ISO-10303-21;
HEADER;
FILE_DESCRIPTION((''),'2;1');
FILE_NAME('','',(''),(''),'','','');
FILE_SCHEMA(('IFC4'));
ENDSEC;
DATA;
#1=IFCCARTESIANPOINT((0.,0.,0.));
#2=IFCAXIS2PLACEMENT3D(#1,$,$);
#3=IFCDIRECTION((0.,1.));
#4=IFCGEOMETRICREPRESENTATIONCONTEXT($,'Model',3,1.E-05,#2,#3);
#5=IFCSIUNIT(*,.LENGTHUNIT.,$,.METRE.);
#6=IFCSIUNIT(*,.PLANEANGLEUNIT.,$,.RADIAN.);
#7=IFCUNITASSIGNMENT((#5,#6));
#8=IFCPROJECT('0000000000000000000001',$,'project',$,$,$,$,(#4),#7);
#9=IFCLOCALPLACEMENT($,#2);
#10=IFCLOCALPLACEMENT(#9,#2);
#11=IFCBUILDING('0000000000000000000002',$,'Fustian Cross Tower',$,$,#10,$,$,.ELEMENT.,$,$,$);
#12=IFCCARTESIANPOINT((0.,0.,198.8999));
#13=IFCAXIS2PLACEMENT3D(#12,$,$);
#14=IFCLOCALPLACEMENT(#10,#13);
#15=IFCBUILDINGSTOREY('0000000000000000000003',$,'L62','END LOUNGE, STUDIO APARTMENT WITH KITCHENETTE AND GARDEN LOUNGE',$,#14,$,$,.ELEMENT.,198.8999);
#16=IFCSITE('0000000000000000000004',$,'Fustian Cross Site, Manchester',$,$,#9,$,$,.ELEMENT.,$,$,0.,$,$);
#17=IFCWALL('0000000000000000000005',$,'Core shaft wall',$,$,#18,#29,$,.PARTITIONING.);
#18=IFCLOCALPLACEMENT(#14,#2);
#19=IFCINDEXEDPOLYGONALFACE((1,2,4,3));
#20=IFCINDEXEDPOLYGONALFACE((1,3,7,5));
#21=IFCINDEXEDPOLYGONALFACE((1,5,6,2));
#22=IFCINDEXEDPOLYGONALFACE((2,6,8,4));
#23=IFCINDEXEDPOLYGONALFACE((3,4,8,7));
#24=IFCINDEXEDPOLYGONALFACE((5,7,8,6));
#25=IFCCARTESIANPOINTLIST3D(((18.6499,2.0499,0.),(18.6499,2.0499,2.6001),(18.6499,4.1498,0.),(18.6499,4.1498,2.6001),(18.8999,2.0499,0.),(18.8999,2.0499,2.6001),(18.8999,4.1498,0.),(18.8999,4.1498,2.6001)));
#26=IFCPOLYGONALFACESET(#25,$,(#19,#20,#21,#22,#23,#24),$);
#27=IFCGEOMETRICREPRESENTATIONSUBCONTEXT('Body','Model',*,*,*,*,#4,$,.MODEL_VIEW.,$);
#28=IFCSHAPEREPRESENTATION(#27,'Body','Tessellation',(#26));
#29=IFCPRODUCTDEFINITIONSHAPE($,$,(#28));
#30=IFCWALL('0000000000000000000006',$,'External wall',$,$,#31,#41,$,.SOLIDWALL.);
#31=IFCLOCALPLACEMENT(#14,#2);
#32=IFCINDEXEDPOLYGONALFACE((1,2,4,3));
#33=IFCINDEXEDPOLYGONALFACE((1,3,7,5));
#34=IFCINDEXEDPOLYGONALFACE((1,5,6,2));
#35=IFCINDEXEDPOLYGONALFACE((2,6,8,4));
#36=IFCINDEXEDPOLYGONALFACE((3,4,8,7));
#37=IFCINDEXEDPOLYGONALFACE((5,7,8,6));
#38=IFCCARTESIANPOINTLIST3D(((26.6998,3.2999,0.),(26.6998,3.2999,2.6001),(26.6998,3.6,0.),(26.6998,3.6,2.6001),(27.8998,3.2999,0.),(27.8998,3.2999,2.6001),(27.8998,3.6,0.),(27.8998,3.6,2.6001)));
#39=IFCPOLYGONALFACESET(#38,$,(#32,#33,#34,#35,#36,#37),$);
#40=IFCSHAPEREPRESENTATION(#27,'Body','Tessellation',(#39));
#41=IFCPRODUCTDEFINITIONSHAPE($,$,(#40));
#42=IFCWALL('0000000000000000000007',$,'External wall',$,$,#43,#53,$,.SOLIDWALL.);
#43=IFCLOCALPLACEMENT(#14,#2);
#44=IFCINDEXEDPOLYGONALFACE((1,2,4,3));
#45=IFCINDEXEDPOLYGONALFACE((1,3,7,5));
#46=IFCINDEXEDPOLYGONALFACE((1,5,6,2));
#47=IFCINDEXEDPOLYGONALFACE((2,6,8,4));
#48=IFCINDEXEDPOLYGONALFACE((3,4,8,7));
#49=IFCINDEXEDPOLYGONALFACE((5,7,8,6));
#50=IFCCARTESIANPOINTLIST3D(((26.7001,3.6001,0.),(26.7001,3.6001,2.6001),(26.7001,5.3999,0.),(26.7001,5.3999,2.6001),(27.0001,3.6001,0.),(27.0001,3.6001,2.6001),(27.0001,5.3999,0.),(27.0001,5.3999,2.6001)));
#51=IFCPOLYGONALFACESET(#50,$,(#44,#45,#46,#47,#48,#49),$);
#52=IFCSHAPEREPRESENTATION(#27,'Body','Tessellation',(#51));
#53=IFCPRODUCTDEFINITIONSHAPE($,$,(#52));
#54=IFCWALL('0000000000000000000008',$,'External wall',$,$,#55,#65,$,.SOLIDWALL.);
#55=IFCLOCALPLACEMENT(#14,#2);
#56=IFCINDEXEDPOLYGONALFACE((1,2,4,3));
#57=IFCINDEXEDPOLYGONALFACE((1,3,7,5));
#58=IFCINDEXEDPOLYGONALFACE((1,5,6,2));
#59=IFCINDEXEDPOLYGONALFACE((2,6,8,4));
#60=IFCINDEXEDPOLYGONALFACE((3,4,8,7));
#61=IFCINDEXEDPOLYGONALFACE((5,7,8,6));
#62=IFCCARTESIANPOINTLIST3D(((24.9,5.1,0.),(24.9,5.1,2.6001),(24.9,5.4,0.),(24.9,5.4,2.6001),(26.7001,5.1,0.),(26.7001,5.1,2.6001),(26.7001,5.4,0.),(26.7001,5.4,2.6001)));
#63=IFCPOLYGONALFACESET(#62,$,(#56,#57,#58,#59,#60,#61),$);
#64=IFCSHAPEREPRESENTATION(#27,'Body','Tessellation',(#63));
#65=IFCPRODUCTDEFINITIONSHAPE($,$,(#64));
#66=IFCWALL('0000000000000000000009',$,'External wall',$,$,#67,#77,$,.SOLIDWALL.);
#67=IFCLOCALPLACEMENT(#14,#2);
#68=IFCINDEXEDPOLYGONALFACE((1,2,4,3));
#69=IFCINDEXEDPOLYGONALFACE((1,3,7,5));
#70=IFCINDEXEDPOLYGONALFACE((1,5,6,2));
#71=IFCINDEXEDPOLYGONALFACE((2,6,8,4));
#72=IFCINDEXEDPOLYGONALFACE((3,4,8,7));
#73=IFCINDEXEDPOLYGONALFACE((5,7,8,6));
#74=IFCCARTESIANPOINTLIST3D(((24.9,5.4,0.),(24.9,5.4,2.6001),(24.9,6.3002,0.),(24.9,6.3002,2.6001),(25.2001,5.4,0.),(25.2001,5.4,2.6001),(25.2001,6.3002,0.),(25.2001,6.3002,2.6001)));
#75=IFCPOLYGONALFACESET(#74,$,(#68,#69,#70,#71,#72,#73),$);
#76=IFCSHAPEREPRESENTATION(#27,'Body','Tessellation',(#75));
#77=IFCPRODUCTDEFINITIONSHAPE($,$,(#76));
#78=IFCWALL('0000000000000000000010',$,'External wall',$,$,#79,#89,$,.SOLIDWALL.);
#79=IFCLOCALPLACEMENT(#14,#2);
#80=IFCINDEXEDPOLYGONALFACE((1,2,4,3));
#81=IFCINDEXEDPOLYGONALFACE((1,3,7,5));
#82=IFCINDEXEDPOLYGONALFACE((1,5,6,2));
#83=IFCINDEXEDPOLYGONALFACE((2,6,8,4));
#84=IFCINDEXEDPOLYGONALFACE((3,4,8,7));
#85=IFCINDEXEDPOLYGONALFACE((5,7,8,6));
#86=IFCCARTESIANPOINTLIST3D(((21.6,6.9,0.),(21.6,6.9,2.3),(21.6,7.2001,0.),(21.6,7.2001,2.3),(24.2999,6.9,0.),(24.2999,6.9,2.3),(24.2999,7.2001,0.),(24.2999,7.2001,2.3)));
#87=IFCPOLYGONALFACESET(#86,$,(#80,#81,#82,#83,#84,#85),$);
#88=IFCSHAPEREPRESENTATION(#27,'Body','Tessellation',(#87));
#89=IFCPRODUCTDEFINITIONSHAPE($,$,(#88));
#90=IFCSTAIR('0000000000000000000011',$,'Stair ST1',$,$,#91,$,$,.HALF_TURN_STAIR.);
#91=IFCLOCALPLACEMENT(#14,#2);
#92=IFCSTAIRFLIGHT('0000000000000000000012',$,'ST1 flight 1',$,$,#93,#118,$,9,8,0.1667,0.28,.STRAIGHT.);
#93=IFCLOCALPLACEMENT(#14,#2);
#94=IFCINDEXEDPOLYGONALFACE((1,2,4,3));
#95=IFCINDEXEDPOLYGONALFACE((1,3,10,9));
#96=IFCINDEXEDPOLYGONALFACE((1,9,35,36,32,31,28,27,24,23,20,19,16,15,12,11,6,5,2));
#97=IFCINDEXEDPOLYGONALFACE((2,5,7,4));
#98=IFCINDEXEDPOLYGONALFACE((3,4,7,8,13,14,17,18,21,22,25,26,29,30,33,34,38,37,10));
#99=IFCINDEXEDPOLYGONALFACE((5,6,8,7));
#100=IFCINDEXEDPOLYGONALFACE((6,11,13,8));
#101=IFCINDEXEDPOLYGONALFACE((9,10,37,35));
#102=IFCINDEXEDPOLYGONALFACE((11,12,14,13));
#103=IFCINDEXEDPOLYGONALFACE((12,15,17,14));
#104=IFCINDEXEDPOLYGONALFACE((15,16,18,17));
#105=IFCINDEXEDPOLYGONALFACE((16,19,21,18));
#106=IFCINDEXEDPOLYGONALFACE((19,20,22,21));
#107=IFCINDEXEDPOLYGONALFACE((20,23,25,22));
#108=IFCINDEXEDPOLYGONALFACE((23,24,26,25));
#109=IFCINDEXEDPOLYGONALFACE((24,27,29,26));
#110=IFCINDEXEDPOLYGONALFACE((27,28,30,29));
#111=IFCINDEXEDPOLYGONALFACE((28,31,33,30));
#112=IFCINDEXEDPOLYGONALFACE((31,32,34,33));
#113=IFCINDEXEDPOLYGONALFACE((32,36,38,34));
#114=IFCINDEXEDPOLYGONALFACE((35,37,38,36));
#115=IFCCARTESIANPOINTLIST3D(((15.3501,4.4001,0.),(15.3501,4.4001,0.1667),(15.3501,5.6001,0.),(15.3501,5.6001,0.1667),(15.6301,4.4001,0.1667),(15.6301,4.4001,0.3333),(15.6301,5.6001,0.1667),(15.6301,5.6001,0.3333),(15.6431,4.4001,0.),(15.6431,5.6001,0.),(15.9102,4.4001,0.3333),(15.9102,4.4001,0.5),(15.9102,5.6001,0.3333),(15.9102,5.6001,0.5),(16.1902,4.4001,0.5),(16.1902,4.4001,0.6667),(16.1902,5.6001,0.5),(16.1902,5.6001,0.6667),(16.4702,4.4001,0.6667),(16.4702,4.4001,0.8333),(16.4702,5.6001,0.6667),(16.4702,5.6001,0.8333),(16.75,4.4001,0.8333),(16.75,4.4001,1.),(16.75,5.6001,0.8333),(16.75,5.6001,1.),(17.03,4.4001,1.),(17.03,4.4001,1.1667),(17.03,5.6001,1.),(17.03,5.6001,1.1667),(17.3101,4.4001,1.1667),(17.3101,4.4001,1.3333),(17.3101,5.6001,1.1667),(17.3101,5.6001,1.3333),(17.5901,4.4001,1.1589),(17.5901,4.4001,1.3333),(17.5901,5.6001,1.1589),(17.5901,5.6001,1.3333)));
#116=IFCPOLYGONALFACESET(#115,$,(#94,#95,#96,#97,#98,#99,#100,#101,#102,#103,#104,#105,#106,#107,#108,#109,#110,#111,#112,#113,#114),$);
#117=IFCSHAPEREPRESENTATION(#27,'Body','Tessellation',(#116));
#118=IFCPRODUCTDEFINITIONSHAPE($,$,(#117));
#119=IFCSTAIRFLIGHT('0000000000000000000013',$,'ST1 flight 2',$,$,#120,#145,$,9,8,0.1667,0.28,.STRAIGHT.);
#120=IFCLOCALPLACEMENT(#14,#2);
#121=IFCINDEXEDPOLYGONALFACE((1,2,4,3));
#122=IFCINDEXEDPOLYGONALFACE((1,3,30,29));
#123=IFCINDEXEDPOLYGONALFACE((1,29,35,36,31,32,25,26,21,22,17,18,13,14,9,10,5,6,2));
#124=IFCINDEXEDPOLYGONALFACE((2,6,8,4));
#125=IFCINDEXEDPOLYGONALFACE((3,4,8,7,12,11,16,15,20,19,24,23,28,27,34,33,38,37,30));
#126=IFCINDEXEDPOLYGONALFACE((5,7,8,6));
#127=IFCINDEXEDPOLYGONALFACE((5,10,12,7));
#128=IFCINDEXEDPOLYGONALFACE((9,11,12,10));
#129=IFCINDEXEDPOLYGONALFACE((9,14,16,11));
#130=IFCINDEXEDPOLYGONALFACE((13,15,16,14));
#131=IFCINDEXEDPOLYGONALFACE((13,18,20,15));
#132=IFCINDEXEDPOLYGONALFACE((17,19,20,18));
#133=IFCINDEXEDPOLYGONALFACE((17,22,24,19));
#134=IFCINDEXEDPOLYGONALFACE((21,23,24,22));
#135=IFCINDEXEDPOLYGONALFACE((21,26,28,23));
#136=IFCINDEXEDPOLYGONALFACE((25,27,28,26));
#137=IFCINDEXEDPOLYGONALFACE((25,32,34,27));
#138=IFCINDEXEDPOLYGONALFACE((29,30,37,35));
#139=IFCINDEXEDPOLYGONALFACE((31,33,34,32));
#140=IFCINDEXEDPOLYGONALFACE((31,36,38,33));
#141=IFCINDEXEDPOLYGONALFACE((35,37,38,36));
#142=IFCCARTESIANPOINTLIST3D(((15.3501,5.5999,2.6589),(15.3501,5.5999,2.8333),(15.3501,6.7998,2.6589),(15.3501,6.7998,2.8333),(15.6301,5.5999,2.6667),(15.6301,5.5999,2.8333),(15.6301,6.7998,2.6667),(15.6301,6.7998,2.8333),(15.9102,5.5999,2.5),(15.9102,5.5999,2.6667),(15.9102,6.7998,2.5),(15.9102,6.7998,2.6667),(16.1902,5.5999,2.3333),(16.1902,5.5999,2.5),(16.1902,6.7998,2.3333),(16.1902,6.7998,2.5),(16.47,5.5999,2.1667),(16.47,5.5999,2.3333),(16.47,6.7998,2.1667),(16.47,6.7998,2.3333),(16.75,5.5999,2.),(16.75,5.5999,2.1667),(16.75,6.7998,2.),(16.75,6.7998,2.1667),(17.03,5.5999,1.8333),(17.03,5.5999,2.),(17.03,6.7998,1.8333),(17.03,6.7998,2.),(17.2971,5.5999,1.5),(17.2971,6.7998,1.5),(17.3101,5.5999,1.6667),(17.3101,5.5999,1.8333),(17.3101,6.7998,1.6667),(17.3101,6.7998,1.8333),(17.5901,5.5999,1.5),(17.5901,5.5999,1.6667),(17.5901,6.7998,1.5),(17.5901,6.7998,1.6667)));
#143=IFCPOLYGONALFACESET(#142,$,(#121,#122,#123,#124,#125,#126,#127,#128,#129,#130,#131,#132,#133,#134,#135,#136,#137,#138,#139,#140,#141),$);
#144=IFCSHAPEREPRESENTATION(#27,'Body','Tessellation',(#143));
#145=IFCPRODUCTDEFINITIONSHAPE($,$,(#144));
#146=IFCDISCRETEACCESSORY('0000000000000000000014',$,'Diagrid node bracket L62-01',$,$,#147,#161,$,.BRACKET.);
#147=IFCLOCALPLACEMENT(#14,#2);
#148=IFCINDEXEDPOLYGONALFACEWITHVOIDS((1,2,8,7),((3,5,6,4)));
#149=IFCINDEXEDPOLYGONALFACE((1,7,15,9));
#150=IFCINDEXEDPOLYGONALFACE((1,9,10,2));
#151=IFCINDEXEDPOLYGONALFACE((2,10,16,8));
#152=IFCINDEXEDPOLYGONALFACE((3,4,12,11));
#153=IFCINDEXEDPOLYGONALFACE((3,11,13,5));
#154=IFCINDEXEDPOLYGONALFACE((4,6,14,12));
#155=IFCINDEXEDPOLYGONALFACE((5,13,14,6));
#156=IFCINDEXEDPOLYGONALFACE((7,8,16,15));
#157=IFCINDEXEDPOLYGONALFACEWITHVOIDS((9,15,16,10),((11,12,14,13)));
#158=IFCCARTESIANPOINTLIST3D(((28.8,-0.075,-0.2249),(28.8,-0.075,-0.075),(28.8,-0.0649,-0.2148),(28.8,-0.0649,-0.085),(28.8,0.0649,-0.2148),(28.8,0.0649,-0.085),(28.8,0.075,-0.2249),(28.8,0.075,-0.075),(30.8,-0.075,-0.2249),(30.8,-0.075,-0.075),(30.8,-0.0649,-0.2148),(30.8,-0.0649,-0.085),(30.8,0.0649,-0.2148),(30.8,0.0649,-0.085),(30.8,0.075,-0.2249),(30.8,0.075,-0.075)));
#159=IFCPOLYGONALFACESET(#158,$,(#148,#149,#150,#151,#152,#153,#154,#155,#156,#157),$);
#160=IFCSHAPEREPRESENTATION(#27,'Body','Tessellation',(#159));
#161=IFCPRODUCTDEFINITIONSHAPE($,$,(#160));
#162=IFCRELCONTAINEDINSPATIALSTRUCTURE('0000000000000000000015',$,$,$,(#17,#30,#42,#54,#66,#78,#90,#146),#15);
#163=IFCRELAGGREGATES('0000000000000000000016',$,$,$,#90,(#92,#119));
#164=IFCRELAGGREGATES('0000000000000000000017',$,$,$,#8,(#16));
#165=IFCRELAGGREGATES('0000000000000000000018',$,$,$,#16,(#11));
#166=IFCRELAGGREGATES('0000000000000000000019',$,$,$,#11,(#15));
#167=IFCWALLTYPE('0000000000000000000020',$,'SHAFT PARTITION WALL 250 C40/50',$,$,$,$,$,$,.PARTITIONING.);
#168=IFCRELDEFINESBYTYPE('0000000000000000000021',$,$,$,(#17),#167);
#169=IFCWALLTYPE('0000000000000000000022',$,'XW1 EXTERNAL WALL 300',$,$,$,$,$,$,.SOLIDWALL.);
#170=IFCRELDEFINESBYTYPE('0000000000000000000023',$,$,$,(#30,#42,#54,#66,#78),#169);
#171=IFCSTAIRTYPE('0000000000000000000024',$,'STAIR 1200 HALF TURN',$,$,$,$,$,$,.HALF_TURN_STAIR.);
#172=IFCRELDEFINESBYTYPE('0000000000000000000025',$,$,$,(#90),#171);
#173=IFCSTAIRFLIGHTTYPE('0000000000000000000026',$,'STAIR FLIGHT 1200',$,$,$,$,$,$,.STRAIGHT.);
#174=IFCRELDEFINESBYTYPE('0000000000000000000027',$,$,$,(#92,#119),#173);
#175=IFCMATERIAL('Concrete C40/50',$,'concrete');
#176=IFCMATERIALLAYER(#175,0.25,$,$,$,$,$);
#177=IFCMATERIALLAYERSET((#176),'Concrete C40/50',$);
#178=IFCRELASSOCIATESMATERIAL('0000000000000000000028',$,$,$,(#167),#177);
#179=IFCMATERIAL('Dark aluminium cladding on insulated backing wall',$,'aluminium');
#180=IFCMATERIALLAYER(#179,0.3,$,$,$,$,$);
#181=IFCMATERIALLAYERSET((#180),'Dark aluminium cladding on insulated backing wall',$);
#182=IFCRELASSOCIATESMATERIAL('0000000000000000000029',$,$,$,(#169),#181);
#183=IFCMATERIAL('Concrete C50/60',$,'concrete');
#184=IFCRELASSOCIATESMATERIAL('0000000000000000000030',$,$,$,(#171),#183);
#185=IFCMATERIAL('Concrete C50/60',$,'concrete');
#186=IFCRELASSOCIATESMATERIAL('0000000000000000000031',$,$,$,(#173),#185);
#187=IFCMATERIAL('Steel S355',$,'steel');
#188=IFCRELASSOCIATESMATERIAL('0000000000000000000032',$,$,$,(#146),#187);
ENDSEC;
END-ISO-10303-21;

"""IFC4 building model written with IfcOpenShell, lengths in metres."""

from ifc_helpers import new_model, si_unit, direction, frame, frame_2d, origin, origin_2d, place, context, subcontext, project, spatial, polyline, rectangle, hollow_rectangle, outline, extrude, material, layer, layer_set, type_object, element, aggregate, save


model = new_model("IFC4")

# Units and contexts
model_context = context("Model", 3, precision=1e-05, world=origin(), true_north=direction((0.0, 1.0)))
body_context = subcontext(model_context, "Body", "Model", "MODEL_VIEW")
ifc_project = project(units=[si_unit("LENGTHUNIT", "METRE"), si_unit("PLANEANGLEUNIT", "RADIAN")], contexts=[model_context])

# Site, building, storey
site_placement = place(None, origin())
site = spatial("IfcSite", under=ifc_project, at=site_placement, Name="Fustian Cross Site, Manchester", CompositionType="ELEMENT", RefElevation=0.0)
building_placement = place(site_placement, origin())
building = spatial("IfcBuilding", under=site, at=building_placement, Name="Fustian Cross Tower", CompositionType="ELEMENT")
storey_placement = place(building_placement, frame((0.0, 0.0, 198.8999)))
storey = spatial("IfcBuildingStorey", under=building, at=storey_placement, Name="L62", Description="END LOUNGE, STUDIO APARTMENT WITH KITCHENETTE AND GARDEN LOUNGE", CompositionType="ELEMENT", Elevation=198.8999)

# Walls
ifc_material_1 = material(Name="Concrete C40/50", Category="concrete")
ifc_layer_1 = layer(ifc_material_1, 0.25)
ifc_layer_set_1 = layer_set([ifc_layer_1], Name="Concrete C40/50")
wall_type_1 = type_object("IfcWallType", Name="SHAFT PARTITION WALL 250 C40/50", PredefinedType="PARTITIONING", material=ifc_layer_set_1)
wall_1_placement = place(storey_placement, frame((18.7749, 2.05, 0.0), z_axis=(0.0, 0.0, 1.0), x_axis=(0.0, 1.0, 0.0)))
element("IfcWall", 1, at=wall_1_placement, inside=storey, type_object=wall_type_1, Name="Core shaft wall", PredefinedType="PARTITIONING", context=body_context, shape_type="SweptSolid", body=[
    extrude(rectangle(XDim=2.0999, YDim=0.25, at=frame_2d((1.0498, 0.0))), origin(), (0.0, 0.0, 1.0), 2.6001),
])
ifc_material_2 = material(Name="Dark aluminium cladding on insulated backing wall", Category="aluminium")
ifc_layer_2 = layer(ifc_material_2, 0.3)
ifc_layer_set_2 = layer_set([ifc_layer_2], Name="Dark aluminium cladding on insulated backing wall")
wall_type_2 = type_object("IfcWallType", Name="XW1 EXTERNAL WALL 300", PredefinedType="SOLIDWALL", material=ifc_layer_set_2)
wall_2_placement = place(storey_placement, frame((27.8999, 3.45, 0.0), z_axis=(0.0, 0.0, 1.0), x_axis=(-1.0, 0.0, 0.0)))
element("IfcWall", 2, at=wall_2_placement, inside=storey, type_object=wall_type_2, Name="External wall", PredefinedType="SOLIDWALL", context=body_context, shape_type="SweptSolid", body=[
    extrude(rectangle(XDim=1.2, YDim=0.3, at=frame_2d((0.6001, 0.0))), origin(), (0.0, 0.0, 1.0), 2.6001),
])
wall_3_placement = place(storey_placement, frame((26.8501, 3.6001, 0.0), z_axis=(0.0, 0.0, 1.0), x_axis=(0.0, 1.0, 0.0)))
element("IfcWall", 3, at=wall_3_placement, inside=storey, type_object=wall_type_2, Name="External wall", PredefinedType="SOLIDWALL", context=body_context, shape_type="SweptSolid", body=[
    extrude(rectangle(XDim=1.7998, YDim=0.3, at=frame_2d((0.8999, 0.0))), origin(), (0.0, 0.0, 1.0), 2.6001),
])
wall_4_placement = place(storey_placement, frame((26.7, 5.25, 0.0), z_axis=(0.0, 0.0, 1.0), x_axis=(-1.0, 0.0, 0.0)))
element("IfcWall", 4, at=wall_4_placement, inside=storey, type_object=wall_type_2, Name="External wall", PredefinedType="SOLIDWALL", context=body_context, shape_type="SweptSolid", body=[
    extrude(rectangle(XDim=1.8, YDim=0.3, at=frame_2d((0.8999, 0.0))), origin(), (0.0, 0.0, 1.0), 2.6001),
])
wall_5_placement = place(storey_placement, frame((25.05, 5.3999, 0.0), z_axis=(0.0, 0.0, 1.0), x_axis=(0.0, 1.0, 0.0)))
element("IfcWall", 5, at=wall_5_placement, inside=storey, type_object=wall_type_2, Name="External wall", PredefinedType="SOLIDWALL", context=body_context, shape_type="SweptSolid", body=[
    extrude(rectangle(XDim=0.9001, YDim=0.3, at=frame_2d((0.4502, 0.0))), origin(), (0.0, 0.0, 1.0), 2.6001),
])
wall_6_placement = place(storey_placement, frame((24.3, 7.05, 0.0), z_axis=(0.0, 0.0, 1.0), x_axis=(-1.0, 0.0, 0.0)))
element("IfcWall", 6, at=wall_6_placement, inside=storey, type_object=wall_type_2, Name="External wall", PredefinedType="SOLIDWALL", context=body_context, shape_type="SweptSolid", body=[
    extrude(rectangle(XDim=2.7, YDim=0.3, at=frame_2d((1.3501, 0.0))), origin(), (0.0, 0.0, 1.0), 2.3),
])

# Stair, stair flights
ifc_material_3 = material(Name="Concrete C50/60", Category="concrete")
stair_type = type_object("IfcStairType", Name="STAIR 1200 HALF TURN", PredefinedType="HALF_TURN_STAIR", material=ifc_material_3)
stair_placement = place(storey_placement, origin())
stair = element("IfcStair", 7, at=stair_placement, inside=storey, type_object=stair_type, Name="Stair ST1", PredefinedType="HALF_TURN_STAIR")
ifc_material_4 = material(Name="Concrete C50/60", Category="concrete")
stair_flight_type = type_object("IfcStairFlightType", Name="STAIR FLIGHT 1200", PredefinedType="STRAIGHT", material=ifc_material_4)
stair_flight_1_placement = place(storey_placement, frame((15.3501, 5.0, 0.0), z_axis=(0.0, 0.0, 1.0), x_axis=(1.0, 0.0, 0.0)))
stair_flight_1 = element("IfcStairFlight", 8, at=stair_flight_1_placement, type_object=stair_flight_type, Name="ST1 flight 1", NumberOfRisers=9, NumberOfTreads=8, PredefinedType="STRAIGHT", RiserHeight=0.1667, TreadLength=0.28, context=body_context, shape_type="SweptSolid", body=[
    extrude(outline(polyline([(0.0, 0.0), (0.0, 0.1667), (0.28, 0.1667), (0.28, 0.3333), (0.5601, 0.3333), (0.5601, 0.5), (0.8401, 0.5), (0.8401, 0.6667), (1.1201, 0.6667), (1.1201, 0.8333), (1.3999, 0.8333), (1.3999, 1.0), (1.6799, 1.0), (1.6799, 1.1667), (1.96, 1.1667), (1.96, 1.3333), (2.24, 1.3333), (2.24, 1.5), (2.24, 1.1589), (0.293, 0.0), (0.0, 0.0)])), frame((0.0, 0.6001, 0.0), z_axis=(0.0, -1.0, 0.0), x_axis=(1.0, 0.0, 0.0)), (0.0, 0.0, 1.0), 1.2),
])
stair_flight_2_placement = place(storey_placement, frame((17.5901, 6.2, 1.5), z_axis=(0.0, 0.0, 1.0), x_axis=(-1.0, 0.0, 0.0)))
stair_flight_2 = element("IfcStairFlight", 9, at=stair_flight_2_placement, type_object=stair_flight_type, Name="ST1 flight 2", NumberOfRisers=9, NumberOfTreads=8, PredefinedType="STRAIGHT", RiserHeight=0.1667, TreadLength=0.28, context=body_context, shape_type="SweptSolid", body=[
    extrude(outline(polyline([(0.0, 0.0), (0.0, 0.1667), (0.28, 0.1667), (0.28, 0.3333), (0.5601, 0.3333), (0.5601, 0.5), (0.8401, 0.5), (0.8401, 0.6667), (1.1201, 0.6667), (1.1201, 0.8333), (1.3999, 0.8333), (1.3999, 1.0), (1.6799, 1.0), (1.6799, 1.1667), (1.96, 1.1667), (1.96, 1.3333), (2.24, 1.3333), (2.24, 1.5), (2.24, 1.1589), (0.293, 0.0), (0.0, 0.0)])), frame((0.0, 0.6001, 0.0), z_axis=(0.0, -1.0, 0.0), x_axis=(1.0, 0.0, 0.0)), (0.0, 0.0, 1.0), 1.2),
])
aggregate(stair, [stair_flight_1, stair_flight_2])

# Discrete accessory
ifc_material_5 = material(Name="Steel S355", Category="steel")
discrete_accessory_placement = place(storey_placement, frame((30.8, 0.0, -0.1499), z_axis=(-1.0, 0.0, 0.0), x_axis=(0.0, -1.0, 0.0)))
element("IfcDiscreteAccessory", 10, at=discrete_accessory_placement, inside=storey, material=ifc_material_5, Name="Diagrid node bracket L62-01", PredefinedType="BRACKET", context=body_context, shape_type="SweptSolid", body=[
    extrude(hollow_rectangle(XDim=0.1499, YDim=0.1499, WallThickness=0.01, at=origin_2d()), origin(), (0.0, 0.0, 1.0), 2.0),
])

save(model, "model.ifc")
